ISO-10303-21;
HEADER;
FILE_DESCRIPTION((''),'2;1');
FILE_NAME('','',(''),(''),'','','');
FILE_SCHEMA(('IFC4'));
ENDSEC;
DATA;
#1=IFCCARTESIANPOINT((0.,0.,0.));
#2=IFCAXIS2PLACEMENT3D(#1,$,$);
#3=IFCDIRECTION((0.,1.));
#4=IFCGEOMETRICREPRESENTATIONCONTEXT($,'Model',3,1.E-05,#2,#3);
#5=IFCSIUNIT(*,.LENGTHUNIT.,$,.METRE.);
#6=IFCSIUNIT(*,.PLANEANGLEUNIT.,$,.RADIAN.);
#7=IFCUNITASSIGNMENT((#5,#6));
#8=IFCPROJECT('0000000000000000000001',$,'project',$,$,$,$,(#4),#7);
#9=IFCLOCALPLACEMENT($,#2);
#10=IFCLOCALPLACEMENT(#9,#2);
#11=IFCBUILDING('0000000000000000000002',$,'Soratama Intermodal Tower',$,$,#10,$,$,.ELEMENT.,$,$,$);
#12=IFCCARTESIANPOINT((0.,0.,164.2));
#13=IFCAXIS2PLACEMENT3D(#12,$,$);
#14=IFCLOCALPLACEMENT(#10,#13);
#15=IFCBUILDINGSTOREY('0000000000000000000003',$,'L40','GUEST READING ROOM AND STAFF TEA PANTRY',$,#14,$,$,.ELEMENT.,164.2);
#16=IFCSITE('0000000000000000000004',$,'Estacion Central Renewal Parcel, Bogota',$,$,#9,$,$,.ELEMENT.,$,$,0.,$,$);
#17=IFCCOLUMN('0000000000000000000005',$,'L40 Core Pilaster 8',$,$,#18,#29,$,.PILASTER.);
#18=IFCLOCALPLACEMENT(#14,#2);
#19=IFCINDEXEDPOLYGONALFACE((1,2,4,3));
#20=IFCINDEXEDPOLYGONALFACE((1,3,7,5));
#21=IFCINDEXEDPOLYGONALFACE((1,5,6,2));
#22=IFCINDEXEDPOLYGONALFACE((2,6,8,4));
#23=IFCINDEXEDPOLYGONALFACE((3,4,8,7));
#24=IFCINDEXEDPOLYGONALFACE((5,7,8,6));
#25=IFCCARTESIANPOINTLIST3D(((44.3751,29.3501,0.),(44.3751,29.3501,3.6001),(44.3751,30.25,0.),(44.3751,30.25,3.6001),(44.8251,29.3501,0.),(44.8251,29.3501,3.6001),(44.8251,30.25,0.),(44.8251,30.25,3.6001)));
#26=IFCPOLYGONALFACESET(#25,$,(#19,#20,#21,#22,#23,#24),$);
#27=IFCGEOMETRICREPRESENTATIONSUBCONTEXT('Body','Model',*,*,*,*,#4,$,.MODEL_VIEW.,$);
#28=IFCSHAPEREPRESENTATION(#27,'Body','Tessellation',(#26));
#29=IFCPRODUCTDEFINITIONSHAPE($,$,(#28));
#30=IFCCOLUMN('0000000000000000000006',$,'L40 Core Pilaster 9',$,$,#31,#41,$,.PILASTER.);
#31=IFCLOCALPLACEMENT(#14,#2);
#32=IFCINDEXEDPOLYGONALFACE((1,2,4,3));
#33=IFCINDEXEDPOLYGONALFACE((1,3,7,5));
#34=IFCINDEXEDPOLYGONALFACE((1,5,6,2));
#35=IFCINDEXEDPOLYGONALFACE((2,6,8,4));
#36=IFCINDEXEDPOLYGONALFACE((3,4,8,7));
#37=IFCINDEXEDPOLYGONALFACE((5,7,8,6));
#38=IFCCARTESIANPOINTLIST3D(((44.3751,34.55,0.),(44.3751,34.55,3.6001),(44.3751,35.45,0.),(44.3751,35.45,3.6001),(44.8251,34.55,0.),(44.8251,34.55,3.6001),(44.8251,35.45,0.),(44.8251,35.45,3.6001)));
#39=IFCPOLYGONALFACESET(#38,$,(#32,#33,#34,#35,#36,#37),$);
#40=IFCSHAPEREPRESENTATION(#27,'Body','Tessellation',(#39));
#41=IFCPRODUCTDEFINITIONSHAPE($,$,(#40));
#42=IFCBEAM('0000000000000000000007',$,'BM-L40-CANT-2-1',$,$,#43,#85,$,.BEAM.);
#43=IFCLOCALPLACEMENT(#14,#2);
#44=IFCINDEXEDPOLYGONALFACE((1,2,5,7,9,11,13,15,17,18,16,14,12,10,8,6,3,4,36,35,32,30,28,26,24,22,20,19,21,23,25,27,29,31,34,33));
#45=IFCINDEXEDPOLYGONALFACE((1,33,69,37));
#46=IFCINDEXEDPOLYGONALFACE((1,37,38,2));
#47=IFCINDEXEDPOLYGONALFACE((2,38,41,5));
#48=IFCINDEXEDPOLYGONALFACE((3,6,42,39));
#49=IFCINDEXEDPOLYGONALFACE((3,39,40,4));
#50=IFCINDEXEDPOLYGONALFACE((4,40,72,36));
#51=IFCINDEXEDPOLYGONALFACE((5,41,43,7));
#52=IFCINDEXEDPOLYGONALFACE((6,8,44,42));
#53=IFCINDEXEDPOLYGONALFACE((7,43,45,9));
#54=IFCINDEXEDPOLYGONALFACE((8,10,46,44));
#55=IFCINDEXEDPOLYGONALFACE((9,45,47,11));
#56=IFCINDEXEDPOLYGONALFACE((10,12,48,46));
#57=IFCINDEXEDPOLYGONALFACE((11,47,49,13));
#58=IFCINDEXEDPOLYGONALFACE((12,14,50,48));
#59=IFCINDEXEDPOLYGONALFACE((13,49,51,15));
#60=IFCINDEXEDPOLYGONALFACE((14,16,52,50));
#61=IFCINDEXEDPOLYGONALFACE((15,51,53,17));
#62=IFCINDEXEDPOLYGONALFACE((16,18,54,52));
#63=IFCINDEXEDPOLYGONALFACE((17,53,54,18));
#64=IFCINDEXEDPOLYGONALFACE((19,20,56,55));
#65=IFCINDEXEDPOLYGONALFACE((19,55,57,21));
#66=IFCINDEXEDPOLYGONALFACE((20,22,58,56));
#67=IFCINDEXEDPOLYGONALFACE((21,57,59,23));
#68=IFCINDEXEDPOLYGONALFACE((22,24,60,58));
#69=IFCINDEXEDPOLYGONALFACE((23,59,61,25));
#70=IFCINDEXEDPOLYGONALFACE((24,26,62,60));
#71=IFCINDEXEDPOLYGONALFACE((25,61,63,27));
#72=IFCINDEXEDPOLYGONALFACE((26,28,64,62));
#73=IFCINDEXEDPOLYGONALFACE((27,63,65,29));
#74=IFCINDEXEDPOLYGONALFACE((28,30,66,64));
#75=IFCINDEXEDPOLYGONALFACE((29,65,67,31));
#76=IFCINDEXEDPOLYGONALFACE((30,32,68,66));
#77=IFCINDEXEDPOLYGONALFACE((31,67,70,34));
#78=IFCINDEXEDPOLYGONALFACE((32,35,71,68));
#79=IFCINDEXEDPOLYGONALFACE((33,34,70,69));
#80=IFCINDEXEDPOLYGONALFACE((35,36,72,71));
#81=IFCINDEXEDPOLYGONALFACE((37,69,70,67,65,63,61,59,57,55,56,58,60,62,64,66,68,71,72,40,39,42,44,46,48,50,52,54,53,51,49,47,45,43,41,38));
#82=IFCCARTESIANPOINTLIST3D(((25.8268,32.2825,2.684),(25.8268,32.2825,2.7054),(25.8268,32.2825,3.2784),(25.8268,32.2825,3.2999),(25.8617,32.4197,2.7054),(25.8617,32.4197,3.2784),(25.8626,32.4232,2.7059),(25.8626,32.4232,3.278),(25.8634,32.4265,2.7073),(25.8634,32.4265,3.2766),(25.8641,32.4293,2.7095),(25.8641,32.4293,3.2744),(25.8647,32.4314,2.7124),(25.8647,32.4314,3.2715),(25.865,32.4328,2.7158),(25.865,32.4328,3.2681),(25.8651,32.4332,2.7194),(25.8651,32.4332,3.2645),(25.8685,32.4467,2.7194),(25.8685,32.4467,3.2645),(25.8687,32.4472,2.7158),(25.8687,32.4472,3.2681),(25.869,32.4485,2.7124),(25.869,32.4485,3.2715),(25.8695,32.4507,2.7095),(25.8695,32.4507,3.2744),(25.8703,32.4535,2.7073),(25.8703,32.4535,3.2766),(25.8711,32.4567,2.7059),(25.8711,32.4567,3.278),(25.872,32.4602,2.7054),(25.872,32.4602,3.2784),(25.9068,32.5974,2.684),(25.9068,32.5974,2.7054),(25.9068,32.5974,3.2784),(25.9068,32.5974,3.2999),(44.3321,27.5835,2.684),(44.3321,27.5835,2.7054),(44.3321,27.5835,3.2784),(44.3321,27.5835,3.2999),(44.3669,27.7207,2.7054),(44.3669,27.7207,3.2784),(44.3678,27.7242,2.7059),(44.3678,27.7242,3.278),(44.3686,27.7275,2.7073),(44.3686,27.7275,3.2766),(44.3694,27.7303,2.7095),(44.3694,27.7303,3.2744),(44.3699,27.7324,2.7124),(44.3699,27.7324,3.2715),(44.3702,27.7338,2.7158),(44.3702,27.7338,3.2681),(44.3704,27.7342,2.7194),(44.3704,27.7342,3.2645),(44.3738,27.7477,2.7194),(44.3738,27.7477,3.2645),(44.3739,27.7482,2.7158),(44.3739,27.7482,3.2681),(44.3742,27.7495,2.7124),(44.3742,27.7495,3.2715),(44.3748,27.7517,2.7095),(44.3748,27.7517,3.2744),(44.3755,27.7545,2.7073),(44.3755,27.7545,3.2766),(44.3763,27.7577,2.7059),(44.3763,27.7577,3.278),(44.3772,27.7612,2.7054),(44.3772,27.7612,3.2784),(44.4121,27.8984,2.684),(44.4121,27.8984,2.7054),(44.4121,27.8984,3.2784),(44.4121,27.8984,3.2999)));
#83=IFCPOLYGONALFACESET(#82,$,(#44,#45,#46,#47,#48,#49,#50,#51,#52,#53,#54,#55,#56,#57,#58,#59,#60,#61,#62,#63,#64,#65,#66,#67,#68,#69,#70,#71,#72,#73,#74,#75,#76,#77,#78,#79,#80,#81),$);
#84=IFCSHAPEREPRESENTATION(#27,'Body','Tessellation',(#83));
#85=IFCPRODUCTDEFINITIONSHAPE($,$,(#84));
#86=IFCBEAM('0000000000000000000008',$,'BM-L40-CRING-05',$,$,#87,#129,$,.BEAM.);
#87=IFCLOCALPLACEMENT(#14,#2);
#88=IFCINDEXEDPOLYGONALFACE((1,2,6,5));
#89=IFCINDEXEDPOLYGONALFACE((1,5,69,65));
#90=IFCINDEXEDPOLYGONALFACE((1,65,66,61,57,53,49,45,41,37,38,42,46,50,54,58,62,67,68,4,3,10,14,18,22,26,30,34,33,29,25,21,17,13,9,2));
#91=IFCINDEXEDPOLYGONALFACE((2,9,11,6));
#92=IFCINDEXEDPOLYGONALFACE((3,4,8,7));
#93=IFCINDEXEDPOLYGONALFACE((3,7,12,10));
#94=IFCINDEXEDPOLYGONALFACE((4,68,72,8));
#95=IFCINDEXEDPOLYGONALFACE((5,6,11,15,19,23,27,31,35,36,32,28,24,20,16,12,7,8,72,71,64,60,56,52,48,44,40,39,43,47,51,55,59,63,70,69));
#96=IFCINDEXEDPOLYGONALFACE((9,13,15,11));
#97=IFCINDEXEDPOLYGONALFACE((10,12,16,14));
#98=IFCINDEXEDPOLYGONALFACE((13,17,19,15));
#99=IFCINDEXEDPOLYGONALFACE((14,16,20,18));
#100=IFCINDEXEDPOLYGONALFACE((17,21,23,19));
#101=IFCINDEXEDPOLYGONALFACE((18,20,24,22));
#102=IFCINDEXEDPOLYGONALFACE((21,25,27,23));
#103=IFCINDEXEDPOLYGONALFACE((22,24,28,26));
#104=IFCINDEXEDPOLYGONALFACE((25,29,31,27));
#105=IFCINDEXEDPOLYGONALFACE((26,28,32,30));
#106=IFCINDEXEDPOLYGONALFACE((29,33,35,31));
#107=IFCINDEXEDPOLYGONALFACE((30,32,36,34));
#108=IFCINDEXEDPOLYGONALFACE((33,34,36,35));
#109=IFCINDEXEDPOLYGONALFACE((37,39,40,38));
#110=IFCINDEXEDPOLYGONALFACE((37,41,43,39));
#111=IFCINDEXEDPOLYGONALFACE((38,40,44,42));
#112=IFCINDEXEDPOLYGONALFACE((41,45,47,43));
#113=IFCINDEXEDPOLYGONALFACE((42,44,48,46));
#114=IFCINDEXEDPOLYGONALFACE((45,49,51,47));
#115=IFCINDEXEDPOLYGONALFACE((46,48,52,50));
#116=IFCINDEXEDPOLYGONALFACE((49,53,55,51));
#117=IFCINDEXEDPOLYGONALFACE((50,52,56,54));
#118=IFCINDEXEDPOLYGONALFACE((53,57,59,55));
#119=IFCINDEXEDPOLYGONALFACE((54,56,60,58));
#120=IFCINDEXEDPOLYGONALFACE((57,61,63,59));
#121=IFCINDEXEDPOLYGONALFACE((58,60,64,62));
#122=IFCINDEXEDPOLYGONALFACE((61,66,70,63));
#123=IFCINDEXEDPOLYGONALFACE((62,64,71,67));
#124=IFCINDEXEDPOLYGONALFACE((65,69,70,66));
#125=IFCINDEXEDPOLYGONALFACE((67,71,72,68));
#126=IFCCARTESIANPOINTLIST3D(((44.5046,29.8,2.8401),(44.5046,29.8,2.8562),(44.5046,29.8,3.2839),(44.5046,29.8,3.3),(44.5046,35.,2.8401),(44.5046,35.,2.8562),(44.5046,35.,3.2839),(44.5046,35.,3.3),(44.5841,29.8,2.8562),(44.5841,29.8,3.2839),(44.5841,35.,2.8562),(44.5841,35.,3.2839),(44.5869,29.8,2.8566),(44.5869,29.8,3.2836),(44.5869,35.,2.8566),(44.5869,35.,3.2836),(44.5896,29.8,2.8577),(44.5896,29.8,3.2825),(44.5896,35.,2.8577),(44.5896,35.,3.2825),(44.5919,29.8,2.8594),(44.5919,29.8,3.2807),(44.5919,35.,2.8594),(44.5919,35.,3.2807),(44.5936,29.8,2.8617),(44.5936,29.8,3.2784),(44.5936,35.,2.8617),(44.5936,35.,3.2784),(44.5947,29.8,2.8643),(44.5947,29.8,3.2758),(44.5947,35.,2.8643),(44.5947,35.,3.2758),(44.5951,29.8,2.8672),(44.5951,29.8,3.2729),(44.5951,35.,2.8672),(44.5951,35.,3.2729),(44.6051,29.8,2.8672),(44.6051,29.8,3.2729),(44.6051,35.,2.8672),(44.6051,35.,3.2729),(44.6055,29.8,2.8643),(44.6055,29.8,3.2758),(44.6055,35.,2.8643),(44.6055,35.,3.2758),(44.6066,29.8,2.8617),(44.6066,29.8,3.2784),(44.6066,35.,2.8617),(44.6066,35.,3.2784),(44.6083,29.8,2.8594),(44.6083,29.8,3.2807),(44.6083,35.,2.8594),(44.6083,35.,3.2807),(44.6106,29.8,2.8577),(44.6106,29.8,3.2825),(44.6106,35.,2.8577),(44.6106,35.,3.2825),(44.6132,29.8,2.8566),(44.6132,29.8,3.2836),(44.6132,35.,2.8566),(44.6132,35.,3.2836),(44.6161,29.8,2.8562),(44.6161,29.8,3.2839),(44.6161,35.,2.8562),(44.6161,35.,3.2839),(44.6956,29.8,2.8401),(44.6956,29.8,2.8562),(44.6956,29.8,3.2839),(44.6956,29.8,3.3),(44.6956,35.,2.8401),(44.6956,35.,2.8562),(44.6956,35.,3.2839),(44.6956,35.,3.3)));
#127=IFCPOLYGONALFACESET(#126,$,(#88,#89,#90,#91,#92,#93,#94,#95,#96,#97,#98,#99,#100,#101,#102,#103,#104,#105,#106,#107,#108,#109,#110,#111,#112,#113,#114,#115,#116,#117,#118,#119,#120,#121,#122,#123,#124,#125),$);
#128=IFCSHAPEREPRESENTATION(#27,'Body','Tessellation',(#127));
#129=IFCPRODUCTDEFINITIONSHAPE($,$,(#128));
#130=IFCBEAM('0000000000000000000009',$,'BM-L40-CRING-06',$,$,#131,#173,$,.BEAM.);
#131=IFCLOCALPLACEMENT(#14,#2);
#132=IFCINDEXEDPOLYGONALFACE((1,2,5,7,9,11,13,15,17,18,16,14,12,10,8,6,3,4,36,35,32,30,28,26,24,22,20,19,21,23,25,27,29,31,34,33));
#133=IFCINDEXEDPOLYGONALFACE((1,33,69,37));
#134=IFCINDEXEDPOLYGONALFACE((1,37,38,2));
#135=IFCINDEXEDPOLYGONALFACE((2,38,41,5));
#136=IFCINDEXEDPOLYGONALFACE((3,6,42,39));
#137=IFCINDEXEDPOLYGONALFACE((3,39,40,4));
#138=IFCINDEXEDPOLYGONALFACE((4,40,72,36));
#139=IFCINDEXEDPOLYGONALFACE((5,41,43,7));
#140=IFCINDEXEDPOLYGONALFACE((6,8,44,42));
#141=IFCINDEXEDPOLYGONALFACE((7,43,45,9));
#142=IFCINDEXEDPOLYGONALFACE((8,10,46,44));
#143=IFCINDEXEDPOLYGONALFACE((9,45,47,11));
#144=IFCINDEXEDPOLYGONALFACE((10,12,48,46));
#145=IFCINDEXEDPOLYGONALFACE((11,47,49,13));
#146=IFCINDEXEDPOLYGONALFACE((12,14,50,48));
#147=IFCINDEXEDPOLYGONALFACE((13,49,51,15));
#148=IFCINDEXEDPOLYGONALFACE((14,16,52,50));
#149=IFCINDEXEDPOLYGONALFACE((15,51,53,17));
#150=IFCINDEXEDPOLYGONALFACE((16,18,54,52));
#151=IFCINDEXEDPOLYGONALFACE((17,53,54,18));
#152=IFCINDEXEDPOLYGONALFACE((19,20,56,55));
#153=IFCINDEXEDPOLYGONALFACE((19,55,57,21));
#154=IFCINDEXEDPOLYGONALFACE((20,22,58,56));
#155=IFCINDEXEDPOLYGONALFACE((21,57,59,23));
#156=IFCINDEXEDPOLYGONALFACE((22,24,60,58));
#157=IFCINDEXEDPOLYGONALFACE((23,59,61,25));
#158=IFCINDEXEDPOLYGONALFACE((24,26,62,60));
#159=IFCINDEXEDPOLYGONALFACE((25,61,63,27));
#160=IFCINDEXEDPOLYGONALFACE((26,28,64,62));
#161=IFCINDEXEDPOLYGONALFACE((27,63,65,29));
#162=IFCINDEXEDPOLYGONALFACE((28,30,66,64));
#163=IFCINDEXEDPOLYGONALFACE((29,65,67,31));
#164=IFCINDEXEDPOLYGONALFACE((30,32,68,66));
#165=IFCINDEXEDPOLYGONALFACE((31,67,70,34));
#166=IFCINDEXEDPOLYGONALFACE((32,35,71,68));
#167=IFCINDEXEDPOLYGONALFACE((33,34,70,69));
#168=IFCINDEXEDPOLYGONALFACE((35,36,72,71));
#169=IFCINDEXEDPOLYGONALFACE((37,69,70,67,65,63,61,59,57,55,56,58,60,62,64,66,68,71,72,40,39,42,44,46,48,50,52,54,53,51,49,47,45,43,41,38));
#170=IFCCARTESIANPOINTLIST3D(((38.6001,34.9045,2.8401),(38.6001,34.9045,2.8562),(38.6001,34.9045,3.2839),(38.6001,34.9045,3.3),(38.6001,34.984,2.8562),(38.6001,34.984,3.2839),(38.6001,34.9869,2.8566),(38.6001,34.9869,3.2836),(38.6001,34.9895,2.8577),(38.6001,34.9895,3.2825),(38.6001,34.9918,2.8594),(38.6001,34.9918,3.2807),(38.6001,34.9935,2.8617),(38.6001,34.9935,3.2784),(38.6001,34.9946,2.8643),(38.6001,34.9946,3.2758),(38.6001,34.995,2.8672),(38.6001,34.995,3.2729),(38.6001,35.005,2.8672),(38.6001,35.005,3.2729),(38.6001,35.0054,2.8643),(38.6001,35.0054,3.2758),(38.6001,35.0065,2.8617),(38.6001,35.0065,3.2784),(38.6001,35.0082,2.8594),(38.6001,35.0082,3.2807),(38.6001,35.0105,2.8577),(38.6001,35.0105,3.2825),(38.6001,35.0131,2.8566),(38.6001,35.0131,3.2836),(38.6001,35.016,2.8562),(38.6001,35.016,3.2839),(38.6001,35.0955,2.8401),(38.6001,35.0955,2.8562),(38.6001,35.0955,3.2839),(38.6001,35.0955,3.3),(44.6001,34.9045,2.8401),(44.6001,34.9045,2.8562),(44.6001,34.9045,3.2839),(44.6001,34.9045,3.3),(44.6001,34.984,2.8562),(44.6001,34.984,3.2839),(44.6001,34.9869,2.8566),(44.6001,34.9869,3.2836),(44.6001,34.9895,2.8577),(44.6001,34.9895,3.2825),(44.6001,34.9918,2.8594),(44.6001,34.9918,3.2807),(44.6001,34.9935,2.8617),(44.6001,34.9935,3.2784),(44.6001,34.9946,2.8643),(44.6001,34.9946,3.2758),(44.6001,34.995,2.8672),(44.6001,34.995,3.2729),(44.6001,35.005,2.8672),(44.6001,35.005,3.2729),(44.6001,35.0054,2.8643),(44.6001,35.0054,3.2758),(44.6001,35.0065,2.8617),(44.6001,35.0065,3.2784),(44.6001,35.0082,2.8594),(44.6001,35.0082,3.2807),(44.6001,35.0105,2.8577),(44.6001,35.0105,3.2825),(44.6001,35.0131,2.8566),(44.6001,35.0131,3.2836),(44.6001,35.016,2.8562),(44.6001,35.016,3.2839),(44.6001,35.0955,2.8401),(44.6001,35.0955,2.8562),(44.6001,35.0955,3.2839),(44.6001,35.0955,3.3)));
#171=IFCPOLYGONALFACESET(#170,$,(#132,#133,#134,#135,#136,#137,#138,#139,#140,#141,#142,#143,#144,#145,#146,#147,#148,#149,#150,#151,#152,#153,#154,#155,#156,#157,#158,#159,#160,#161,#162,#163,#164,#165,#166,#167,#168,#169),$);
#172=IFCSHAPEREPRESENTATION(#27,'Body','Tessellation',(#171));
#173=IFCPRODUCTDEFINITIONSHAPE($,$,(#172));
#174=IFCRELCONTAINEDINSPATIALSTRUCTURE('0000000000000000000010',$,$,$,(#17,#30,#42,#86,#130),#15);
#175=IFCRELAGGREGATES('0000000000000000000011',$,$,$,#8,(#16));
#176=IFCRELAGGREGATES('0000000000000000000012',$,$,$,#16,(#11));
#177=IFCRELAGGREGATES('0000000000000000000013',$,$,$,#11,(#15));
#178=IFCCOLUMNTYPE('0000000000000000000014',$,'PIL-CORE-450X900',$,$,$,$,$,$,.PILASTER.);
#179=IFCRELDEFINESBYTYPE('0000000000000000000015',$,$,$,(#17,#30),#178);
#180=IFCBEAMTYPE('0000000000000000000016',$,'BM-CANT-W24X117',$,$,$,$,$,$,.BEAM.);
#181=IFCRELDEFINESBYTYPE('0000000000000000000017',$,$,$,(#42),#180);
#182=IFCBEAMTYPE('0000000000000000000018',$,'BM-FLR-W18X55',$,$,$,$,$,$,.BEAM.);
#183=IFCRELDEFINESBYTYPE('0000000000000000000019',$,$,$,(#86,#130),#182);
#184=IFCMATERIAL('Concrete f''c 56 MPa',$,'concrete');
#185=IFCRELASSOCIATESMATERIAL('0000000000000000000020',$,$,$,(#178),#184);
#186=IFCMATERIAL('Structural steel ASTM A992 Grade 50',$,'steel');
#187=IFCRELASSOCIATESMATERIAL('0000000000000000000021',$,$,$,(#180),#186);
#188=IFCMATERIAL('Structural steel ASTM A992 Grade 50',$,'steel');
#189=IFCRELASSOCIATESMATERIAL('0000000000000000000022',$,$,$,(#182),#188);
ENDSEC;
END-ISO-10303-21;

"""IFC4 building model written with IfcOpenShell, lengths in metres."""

from ifc_helpers import new_model, si_unit, direction, frame, origin, origin_2d, place, context, subcontext, project, spatial, rectangle, i_section, extrude, material, material_profile, profile_set, type_object, element, save


model = new_model("IFC4")

# Units and contexts
model_context = context("Model", 3, precision=1e-05, world=origin(), true_north=direction((0.0, 1.0)))
body_context = subcontext(model_context, "Body", "Model", "MODEL_VIEW")
ifc_project = project(units=[si_unit("LENGTHUNIT", "METRE"), si_unit("PLANEANGLEUNIT", "RADIAN")], contexts=[model_context])

# Site, building, storey
site_placement = place(None, origin())
site = spatial("IfcSite", under=ifc_project, at=site_placement, Name="Estacion Central Renewal Parcel, Bogota", CompositionType="ELEMENT", RefElevation=0.0)
building_placement = place(site_placement, origin())
building = spatial("IfcBuilding", under=site, at=building_placement, Name="Soratama Intermodal Tower", CompositionType="ELEMENT")
storey_placement = place(building_placement, frame((0.0, 0.0, 164.2)))
storey = spatial("IfcBuildingStorey", under=building, at=storey_placement, Name="L40", Description="GUEST READING ROOM AND STAFF TEA PANTRY", CompositionType="ELEMENT", Elevation=164.2)

# Columns
ifc_material_1 = material(Name="Concrete f'c 56 MPa", Category="concrete")
ifc_material_profile_1 = material_profile(ifc_material_1, rectangle(XDim=0.45, YDim=0.8999, at=origin_2d()), Name="RC450X900")
ifc_profile_set_1 = profile_set([ifc_material_profile_1], Name="Concrete f'c 56 MPa")
column_type = type_object("IfcColumnType", Name="PIL-CORE-450X900", PredefinedType="PILASTER", material=ifc_profile_set_1)
for number, where, z_axis, x_axis, name in (
    (1, (44.6001, 29.8, 0.0), (0.0, 0.0, 1.0), (1.0, 0.0, 0.0), "L40 Core Pilaster 8"),
    (2, (44.6001, 35.0, 0.0), (0.0, 0.0, 1.0), (1.0, 0.0, 0.0), "L40 Core Pilaster 9"),
):
    element("IfcColumn", number, at=place(storey_placement, frame(where, z_axis=z_axis, x_axis=x_axis)), inside=storey, type_object=column_type, Name=name, PredefinedType="PILASTER", context=body_context, shape_type="SweptSolid", body=[
        extrude(rectangle(XDim=0.45, YDim=0.8999, at=origin_2d()), origin(), (0.0, 0.0, 1.0), 3.6001),
    ])

# Beams
ifc_material_2 = material(Name="Structural steel ASTM A992 Grade 50", Category="steel")
ifc_material_profile_2 = material_profile(ifc_material_2, i_section(OverallWidth=0.325, OverallDepth=0.616, WebThickness=0.0139, FlangeThickness=0.0215, FilletRadius=0.0139, at=origin_2d()), Name="W24X117")
ifc_profile_set_2 = profile_set([ifc_material_profile_2], Name="Structural steel ASTM A992 Grade 50")
beam_type_1 = type_object("IfcBeamType", Name="BM-CANT-W24X117", PredefinedType="BEAM", material=ifc_profile_set_2)
beam_1_placement = place(storey_placement, frame((44.3721, 27.741, 2.9919), z_axis=(-0.96924, 0.246117, 0.0), x_axis=(-0.246117, -0.96924, 0.0)))
element("IfcBeam", 3, at=beam_1_placement, inside=storey, type_object=beam_type_1, Name="BM-L40-CANT-2-1", PredefinedType="BEAM", context=body_context, shape_type="SweptSolid", body=[
    extrude(i_section(OverallWidth=0.325, OverallDepth=0.616, WebThickness=0.0139, FlangeThickness=0.0215, FilletRadius=0.0139, at=origin_2d()), origin(), (0.0, 0.0, 1.0), 19.0925),
])
ifc_material_3 = material(Name="Structural steel ASTM A992 Grade 50", Category="steel")
ifc_material_profile_3 = material_profile(ifc_material_3, i_section(OverallWidth=0.1909, OverallDepth=0.46, WebThickness=0.01, FlangeThickness=0.0161, FilletRadius=0.011, at=origin_2d()), Name="W18X55")
ifc_profile_set_3 = profile_set([ifc_material_profile_3], Name="Structural steel ASTM A992 Grade 50")
beam_type_2 = type_object("IfcBeamType", Name="BM-FLR-W18X55", PredefinedType="BEAM", material=ifc_profile_set_3)
beam_2_placement = place(storey_placement, frame((44.6001, 29.8, 3.0701), z_axis=(0.0, 1.0, 0.0), x_axis=(-1.0, 0.0, 0.0)))
element("IfcBeam", 4, at=beam_2_placement, inside=storey, type_object=beam_type_2, Name="BM-L40-CRING-05", PredefinedType="BEAM", context=body_context, shape_type="SweptSolid", body=[
    extrude(i_section(OverallWidth=0.1909, OverallDepth=0.46, WebThickness=0.01, FlangeThickness=0.0161, FilletRadius=0.011, at=origin_2d()), origin(), (0.0, 0.0, 1.0), 5.2),
])
beam_3_placement = place(storey_placement, frame((44.6001, 35.0, 3.0701), z_axis=(-1.0, 0.0, 0.0), x_axis=(0.0, -1.0, 0.0)))
element("IfcBeam", 5, at=beam_3_placement, inside=storey, type_object=beam_type_2, Name="BM-L40-CRING-06", PredefinedType="BEAM", context=body_context, shape_type="SweptSolid", body=[
    extrude(i_section(OverallWidth=0.1909, OverallDepth=0.46, WebThickness=0.01, FlangeThickness=0.0161, FilletRadius=0.011, at=origin_2d()), origin(), (0.0, 0.0, 1.0), 6.0),
])

save(model, "model.ifc")
